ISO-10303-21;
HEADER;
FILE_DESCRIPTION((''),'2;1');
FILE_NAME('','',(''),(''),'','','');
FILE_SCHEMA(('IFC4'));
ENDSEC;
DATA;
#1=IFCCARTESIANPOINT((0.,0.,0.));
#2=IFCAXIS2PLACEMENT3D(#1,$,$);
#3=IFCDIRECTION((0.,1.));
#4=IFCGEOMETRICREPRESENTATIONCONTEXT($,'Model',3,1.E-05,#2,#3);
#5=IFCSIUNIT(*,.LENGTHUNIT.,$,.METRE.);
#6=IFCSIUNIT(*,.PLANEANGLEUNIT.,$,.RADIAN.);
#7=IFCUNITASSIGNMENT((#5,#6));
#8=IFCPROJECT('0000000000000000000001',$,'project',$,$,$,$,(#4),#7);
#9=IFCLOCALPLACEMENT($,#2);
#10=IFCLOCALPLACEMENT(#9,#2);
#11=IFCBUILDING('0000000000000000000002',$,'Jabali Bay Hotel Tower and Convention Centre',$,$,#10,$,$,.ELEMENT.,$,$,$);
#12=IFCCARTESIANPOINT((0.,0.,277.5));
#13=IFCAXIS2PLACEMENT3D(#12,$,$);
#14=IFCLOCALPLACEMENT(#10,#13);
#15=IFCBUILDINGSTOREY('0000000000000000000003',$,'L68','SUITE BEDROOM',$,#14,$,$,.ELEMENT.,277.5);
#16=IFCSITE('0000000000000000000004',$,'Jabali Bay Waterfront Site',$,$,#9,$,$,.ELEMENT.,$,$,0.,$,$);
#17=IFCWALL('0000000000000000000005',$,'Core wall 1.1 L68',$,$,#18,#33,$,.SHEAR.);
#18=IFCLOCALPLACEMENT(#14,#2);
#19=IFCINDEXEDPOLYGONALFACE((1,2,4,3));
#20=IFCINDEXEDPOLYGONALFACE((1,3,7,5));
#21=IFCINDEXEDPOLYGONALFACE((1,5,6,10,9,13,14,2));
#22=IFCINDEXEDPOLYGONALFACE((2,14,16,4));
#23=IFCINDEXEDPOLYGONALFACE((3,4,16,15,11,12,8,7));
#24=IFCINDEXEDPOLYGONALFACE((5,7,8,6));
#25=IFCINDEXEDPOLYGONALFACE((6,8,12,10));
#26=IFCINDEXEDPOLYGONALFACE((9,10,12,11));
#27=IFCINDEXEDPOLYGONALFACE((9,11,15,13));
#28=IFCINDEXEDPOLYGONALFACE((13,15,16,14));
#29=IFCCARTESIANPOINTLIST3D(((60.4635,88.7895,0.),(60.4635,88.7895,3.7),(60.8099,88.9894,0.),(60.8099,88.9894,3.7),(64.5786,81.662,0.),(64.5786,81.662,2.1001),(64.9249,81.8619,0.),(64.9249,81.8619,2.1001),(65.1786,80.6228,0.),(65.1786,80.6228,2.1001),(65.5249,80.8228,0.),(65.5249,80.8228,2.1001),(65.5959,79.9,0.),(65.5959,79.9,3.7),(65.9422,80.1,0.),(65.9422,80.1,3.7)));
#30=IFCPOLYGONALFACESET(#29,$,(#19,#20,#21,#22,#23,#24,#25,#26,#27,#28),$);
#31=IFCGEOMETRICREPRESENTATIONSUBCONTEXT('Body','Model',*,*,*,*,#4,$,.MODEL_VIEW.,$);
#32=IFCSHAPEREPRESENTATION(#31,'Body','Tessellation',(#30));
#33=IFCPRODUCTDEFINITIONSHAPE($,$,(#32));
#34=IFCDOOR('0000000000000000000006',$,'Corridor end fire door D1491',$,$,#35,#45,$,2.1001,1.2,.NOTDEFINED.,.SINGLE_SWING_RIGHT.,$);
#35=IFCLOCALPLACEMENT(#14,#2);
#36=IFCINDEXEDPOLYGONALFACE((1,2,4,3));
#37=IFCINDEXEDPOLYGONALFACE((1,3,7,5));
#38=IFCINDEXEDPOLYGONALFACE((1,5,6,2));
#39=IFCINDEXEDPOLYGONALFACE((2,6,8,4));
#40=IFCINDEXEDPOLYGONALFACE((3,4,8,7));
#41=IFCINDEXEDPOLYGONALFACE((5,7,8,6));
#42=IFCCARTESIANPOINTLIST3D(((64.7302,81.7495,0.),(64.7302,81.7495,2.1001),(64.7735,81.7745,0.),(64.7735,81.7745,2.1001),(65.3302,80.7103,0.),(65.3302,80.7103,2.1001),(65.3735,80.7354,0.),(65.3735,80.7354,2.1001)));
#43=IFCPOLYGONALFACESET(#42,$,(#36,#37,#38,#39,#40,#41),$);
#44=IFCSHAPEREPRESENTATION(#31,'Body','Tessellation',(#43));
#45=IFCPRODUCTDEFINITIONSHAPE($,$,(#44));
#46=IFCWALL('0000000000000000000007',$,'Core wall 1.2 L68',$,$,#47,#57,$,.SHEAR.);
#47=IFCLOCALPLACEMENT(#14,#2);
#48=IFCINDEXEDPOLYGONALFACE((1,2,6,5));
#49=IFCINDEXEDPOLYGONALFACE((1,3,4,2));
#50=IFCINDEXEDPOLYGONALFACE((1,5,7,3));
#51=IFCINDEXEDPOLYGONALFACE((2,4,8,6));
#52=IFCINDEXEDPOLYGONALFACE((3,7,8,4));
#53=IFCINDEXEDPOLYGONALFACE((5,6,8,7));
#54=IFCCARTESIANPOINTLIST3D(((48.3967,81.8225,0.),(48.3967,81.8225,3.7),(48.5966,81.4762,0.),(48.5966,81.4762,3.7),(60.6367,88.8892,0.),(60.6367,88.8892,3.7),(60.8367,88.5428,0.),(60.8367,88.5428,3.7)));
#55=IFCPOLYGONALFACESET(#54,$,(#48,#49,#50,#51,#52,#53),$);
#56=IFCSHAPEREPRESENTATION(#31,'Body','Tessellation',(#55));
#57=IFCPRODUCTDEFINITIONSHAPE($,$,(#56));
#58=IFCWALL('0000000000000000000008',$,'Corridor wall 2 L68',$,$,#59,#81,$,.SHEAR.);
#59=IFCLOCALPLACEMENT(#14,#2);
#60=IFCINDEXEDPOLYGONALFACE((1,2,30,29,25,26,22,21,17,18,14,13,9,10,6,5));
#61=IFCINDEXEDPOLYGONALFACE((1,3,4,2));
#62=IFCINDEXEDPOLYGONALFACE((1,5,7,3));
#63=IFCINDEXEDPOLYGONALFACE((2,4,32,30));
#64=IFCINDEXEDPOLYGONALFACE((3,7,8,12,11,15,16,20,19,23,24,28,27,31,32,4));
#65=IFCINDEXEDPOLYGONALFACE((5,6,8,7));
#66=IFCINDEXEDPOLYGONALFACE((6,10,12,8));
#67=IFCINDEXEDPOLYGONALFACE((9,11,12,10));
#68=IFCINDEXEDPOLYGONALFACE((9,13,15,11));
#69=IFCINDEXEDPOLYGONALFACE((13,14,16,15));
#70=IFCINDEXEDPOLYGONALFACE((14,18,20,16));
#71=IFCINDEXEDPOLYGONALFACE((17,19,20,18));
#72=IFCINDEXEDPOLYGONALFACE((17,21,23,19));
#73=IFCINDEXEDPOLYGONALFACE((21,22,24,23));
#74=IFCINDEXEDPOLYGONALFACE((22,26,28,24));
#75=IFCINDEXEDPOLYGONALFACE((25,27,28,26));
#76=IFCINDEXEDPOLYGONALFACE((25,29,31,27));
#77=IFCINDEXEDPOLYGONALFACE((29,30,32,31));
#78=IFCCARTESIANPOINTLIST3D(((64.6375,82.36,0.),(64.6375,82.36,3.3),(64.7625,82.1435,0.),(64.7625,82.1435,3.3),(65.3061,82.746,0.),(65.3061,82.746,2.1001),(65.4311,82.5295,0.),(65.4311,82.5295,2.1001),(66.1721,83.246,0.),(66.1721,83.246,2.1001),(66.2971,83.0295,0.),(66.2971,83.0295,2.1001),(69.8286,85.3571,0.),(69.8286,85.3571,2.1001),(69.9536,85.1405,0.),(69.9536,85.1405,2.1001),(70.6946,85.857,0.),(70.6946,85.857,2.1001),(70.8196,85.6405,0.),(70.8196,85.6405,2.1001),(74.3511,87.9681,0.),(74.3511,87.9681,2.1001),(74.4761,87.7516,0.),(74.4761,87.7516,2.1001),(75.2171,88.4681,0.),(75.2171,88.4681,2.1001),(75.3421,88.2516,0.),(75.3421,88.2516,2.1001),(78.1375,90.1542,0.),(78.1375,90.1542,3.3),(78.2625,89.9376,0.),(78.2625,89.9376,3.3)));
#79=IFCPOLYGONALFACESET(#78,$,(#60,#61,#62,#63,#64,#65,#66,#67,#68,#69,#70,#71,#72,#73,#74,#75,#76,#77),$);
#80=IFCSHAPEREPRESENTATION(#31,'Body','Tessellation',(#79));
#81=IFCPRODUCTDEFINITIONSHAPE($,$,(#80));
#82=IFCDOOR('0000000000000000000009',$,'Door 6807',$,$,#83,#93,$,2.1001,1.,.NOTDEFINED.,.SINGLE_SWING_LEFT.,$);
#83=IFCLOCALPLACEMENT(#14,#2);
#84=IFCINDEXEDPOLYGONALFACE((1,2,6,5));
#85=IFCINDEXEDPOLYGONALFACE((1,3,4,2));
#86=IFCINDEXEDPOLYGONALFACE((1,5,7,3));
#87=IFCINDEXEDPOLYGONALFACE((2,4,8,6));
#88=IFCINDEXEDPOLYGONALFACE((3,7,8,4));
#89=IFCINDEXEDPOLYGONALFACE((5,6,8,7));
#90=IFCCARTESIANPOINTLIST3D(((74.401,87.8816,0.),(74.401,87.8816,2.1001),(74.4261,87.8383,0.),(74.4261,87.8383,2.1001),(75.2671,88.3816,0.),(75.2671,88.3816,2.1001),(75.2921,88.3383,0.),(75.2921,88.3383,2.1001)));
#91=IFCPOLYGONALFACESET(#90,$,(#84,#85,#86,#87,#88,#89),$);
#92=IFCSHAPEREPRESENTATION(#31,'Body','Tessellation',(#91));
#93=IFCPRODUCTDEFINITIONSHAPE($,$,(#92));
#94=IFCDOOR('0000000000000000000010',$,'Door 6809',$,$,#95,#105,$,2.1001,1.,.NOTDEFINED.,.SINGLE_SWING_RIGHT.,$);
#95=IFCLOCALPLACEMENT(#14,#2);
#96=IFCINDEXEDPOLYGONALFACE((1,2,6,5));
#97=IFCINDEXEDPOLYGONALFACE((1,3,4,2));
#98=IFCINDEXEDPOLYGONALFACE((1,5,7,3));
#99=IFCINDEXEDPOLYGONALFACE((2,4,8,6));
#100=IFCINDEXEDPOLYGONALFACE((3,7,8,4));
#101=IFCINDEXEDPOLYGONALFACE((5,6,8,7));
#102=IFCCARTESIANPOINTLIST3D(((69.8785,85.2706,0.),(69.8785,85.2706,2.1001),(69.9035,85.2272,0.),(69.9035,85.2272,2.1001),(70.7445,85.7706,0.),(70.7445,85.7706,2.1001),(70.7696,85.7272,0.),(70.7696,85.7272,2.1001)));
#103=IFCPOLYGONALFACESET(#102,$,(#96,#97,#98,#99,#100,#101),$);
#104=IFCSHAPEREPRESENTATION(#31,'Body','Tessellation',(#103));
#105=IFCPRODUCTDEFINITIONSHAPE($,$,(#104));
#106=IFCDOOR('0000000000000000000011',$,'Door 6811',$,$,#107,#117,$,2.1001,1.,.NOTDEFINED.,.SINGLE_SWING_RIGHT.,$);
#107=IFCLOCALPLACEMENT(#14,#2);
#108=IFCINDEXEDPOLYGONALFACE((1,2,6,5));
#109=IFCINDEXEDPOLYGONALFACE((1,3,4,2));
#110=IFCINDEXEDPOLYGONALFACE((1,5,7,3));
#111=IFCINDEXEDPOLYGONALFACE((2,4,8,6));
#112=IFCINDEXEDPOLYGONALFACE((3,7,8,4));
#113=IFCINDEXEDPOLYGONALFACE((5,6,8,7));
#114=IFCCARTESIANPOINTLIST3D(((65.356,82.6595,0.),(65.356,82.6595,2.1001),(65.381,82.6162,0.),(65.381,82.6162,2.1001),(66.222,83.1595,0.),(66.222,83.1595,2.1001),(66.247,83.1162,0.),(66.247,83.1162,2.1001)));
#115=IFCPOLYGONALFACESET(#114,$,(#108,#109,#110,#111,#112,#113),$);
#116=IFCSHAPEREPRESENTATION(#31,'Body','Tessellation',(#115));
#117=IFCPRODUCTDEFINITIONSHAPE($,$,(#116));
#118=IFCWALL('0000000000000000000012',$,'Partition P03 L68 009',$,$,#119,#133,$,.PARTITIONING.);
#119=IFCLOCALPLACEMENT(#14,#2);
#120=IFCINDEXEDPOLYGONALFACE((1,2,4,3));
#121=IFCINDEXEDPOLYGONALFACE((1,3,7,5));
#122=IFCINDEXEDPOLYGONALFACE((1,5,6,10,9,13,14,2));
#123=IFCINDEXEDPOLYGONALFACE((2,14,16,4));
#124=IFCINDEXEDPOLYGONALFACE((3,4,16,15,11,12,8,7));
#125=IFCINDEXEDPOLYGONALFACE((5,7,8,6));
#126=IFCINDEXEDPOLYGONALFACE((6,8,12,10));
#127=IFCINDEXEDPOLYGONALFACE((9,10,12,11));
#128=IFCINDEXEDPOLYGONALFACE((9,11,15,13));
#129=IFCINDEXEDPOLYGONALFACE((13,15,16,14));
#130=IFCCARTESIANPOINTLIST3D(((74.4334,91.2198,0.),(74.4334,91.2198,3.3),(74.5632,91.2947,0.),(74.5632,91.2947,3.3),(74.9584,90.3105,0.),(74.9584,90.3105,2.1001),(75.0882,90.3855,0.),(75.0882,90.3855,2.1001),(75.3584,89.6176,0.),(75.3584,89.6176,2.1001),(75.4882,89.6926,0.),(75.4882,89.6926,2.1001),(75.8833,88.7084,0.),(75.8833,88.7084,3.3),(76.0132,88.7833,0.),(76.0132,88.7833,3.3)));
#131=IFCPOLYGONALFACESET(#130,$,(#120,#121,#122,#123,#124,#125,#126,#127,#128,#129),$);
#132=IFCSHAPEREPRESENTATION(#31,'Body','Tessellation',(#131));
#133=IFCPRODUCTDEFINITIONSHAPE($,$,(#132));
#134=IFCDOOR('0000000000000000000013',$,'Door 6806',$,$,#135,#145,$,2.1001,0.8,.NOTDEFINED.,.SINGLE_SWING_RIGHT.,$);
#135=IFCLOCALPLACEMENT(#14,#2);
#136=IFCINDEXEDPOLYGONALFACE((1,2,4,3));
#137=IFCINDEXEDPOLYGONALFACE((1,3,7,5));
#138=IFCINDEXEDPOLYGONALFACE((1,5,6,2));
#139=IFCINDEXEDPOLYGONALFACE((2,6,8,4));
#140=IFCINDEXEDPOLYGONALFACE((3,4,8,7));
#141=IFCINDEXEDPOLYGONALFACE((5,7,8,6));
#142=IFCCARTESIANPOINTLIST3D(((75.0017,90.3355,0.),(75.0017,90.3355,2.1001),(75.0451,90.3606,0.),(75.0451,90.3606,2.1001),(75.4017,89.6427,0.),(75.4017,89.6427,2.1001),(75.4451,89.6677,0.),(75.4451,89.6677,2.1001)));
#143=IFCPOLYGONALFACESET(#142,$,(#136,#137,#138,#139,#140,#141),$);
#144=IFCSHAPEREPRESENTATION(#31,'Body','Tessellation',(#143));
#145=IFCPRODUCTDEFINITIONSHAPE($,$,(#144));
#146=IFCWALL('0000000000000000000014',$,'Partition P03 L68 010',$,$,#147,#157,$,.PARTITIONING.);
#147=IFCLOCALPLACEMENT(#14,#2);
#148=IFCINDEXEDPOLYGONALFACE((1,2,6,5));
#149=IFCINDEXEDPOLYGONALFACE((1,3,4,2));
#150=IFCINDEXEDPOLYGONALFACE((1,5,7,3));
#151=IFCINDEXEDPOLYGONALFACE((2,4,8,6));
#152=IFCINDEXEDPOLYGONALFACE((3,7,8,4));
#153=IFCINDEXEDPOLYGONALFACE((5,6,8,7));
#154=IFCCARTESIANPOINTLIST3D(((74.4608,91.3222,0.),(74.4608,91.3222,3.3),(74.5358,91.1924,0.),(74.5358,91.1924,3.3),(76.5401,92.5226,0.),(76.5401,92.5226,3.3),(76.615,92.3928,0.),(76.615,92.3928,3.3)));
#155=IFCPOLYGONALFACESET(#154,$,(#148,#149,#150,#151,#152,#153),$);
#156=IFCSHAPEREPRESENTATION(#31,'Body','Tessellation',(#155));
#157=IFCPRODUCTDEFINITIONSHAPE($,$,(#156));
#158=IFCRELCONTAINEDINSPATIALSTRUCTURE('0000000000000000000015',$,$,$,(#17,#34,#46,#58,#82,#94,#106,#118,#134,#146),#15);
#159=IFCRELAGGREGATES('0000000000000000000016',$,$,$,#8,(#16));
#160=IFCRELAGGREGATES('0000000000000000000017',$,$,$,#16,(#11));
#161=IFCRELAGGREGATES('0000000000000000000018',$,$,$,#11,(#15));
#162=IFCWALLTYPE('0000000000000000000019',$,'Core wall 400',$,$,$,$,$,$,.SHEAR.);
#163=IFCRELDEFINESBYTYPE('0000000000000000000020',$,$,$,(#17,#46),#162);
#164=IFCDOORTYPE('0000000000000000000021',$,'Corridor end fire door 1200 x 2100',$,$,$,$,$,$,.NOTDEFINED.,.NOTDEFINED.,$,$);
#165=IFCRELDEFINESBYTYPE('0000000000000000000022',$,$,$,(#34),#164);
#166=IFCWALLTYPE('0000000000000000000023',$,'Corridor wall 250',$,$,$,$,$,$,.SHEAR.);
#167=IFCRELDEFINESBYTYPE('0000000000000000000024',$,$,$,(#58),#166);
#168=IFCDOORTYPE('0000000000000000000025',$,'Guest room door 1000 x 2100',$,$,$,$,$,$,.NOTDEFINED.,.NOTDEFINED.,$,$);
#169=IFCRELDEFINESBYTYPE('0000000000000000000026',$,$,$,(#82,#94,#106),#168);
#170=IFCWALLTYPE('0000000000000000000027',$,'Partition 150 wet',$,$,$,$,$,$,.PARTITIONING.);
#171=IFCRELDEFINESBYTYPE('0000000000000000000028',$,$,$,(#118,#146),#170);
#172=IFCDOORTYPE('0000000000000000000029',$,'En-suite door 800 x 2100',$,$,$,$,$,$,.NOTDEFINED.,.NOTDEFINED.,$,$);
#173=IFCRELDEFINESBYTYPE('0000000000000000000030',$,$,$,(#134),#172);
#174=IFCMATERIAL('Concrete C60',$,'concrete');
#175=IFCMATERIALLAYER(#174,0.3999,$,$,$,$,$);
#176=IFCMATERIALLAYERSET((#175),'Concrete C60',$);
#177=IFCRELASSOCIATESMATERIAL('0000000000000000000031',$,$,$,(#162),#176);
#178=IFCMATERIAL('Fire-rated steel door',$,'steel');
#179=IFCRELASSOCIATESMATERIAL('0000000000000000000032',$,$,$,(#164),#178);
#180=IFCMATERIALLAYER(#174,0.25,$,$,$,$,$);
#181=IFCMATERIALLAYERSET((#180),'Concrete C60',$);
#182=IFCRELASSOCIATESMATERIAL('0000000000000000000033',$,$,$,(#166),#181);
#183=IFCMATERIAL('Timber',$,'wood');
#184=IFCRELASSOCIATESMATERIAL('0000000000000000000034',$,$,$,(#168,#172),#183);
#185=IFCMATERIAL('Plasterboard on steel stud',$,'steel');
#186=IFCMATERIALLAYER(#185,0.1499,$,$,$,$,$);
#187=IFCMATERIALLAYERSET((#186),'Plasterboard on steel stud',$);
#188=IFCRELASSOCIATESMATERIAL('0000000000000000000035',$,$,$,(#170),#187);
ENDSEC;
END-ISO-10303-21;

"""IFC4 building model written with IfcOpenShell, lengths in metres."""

from ifc_helpers import new_model, si_unit, direction, frame, frame_2d, origin, place, context, subcontext, project, spatial, rectangle, extrude, material, layer, layer_set, type_object, element, fill, save


model = new_model("IFC4")

# Units and contexts
model_context = context("Model", 3, precision=1e-05, world=origin(), true_north=direction((0.0, 1.0)))
body_context = subcontext(model_context, "Body", "Model", "MODEL_VIEW")
ifc_project = project(units=[si_unit("LENGTHUNIT", "METRE"), si_unit("PLANEANGLEUNIT", "RADIAN")], contexts=[model_context])

# Site, building, storey
site_placement = place(None, origin())
site = spatial("IfcSite", under=ifc_project, at=site_placement, Name="Jabali Bay Waterfront Site", CompositionType="ELEMENT", RefElevation=0.0)
building_placement = place(site_placement, origin())
building = spatial("IfcBuilding", under=site, at=building_placement, Name="Jabali Bay Hotel Tower and Convention Centre", CompositionType="ELEMENT")
storey_placement = place(building_placement, frame((0.0, 0.0, 277.5)))
storey = spatial("IfcBuildingStorey", under=building, at=storey_placement, Name="L68", Description="SUITE BEDROOM", CompositionType="ELEMENT", Elevation=277.5)

# Shared definitions
ifc_material_1 = material(Name="Fire-rated steel door", Category="steel")

# Wall, opening, door
ifc_material_2 = material(Name="Concrete C60", Category="concrete")
ifc_layer_1 = layer(ifc_material_2, 0.3999)
ifc_layer_set_1 = layer_set([ifc_layer_1], Name="Concrete C60")
wall_type_1 = type_object("IfcWallType", Name="Core wall 400", PredefinedType="SHEAR", material=ifc_layer_set_1)
wall_1_placement = place(storey_placement, frame((65.769, 80.0, 0.0), z_axis=(0.0, 0.0, 1.0), x_axis=(-0.500002, 0.866024, 0.0)))
wall_1 = element("IfcWall", 1, at=wall_1_placement, inside=storey, type_object=wall_type_1, Name="Core wall 1.1 L68", PredefinedType="SHEAR", context=body_context, shape_type="SweptSolid", body=[
    extrude(rectangle(XDim=10.2646, YDim=0.3999, at=frame_2d((5.1323, 0.0))), origin(), (0.0, 0.0, 1.0), 3.7),
])
opening_1_placement = place(wall_1_placement, frame((0.8345, 0.0, 0.0)))
opening_1 = element("IfcOpeningElement", 2, at=opening_1_placement, cuts=wall_1, PredefinedType="OPENING", context=body_context, shape_type="SweptSolid", body=[
    extrude(rectangle(XDim=1.2, YDim=2.1001, at=frame_2d((0.6001, 1.05))), frame((0.0, 0.2104, 0.0), z_axis=(0.0, -1.0, 0.0), x_axis=(1.0, 0.0, 0.0)), (0.0, 0.0, 1.0), 0.4209),
])
door_type_1 = type_object("IfcDoorType", Name="Corridor end fire door 1200 x 2100", OperationType="NOTDEFINED", PredefinedType="NOTDEFINED", material=ifc_material_1)
door_1_placement = place(opening_1_placement, origin())
door_1 = element("IfcDoor", 3, at=door_1_placement, inside=storey, type_object=door_type_1, Name="Corridor end fire door D1491", OperationType="SINGLE_SWING_RIGHT", OverallHeight=2.1001, OverallWidth=1.2, PredefinedType="NOTDEFINED", context=body_context, shape_type="SweptSolid", body=[
    extrude(rectangle(XDim=1.2, YDim=2.1001, at=frame_2d((0.6001, 1.05))), frame((0.0, 0.0249, 0.0), z_axis=(0.0, -1.0, 0.0), x_axis=(1.0, 0.0, 0.0)), (0.0, 0.0, 1.0), 0.05),
])
fill(opening_1, door_1)

# Wall
wall_2_placement = place(storey_placement, frame((60.7368, 88.7161, 0.0), z_axis=(0.0, 0.0, 1.0), x_axis=(-0.866029, -0.499994, 0.0)))
element("IfcWall", 4, at=wall_2_placement, inside=storey, type_object=wall_type_1, Name="Core wall 1.2 L68", PredefinedType="SHEAR", context=body_context, shape_type="SweptSolid", body=[
    extrude(rectangle(XDim=14.1335, YDim=0.3999, at=frame_2d((7.0669, 0.0))), origin(), (0.0, 0.0, 1.0), 3.7),
])

# Wall, openings, doors
ifc_layer_2 = layer(ifc_material_2, 0.25)
ifc_layer_set_2 = layer_set([ifc_layer_2], Name="Concrete C60")
wall_type_2 = type_object("IfcWallType", Name="Corridor wall 250", PredefinedType="SHEAR", material=ifc_layer_set_2)
wall_3_placement = place(storey_placement, frame((78.2, 90.0459, 0.0), z_axis=(0.0, 0.0, 1.0), x_axis=(-0.866026, -0.499998, 0.0)))
wall_3 = element("IfcWall", 5, at=wall_3_placement, inside=storey, type_object=wall_type_2, Name="Corridor wall 2 L68", PredefinedType="SHEAR", context=body_context, shape_type="SweptSolid", body=[
    extrude(rectangle(XDim=15.5884, YDim=0.25, at=frame_2d((7.7942, 0.0))), origin(), (0.0, 0.0, 1.0), 3.3),
])
opening_2_placement = place(wall_3_placement, frame((3.3721, 0.0, 0.0)))
opening_2 = element("IfcOpeningElement", 6, at=opening_2_placement, cuts=wall_3, PredefinedType="OPENING", context=body_context, shape_type="SweptSolid", body=[
    extrude(rectangle(XDim=1.0, YDim=2.1001, at=frame_2d((0.5, 1.05))), frame((0.0, 0.1355, 0.0), z_axis=(0.0, -1.0, 0.0), x_axis=(1.0, 0.0, 0.0)), (0.0, 0.0, 1.0), 0.271),
])
opening_3_placement = place(wall_3_placement, frame((8.5942, 0.0, 0.0)))
opening_3 = element("IfcOpeningElement", 7, at=opening_3_placement, cuts=wall_3, PredefinedType="OPENING", context=body_context, shape_type="SweptSolid", body=[
    extrude(rectangle(XDim=1.0, YDim=2.1001, at=frame_2d((0.5, 1.05))), frame((0.0, 0.1355, 0.0), z_axis=(0.0, -1.0, 0.0), x_axis=(1.0, 0.0, 0.0)), (0.0, 0.0, 1.0), 0.271),
])
opening_4_placement = place(wall_3_placement, frame((13.8164, 0.0, 0.0)))
opening_4 = element("IfcOpeningElement", 8, at=opening_4_placement, cuts=wall_3, PredefinedType="OPENING", context=body_context, shape_type="SweptSolid", body=[
    extrude(rectangle(XDim=1.0, YDim=2.1001, at=frame_2d((0.5, 1.05))), frame((0.0, 0.1355, 0.0), z_axis=(0.0, -1.0, 0.0), x_axis=(1.0, 0.0, 0.0)), (0.0, 0.0, 1.0), 0.271),
])
ifc_material_3 = material(Name="Timber", Category="wood")
door_type_2 = type_object("IfcDoorType", Name="Guest room door 1000 x 2100", OperationType="NOTDEFINED", PredefinedType="NOTDEFINED", material=ifc_material_3)
door_2_placement = place(opening_2_placement, origin())
door_2 = element("IfcDoor", 9, at=door_2_placement, inside=storey, type_object=door_type_2, Name="Door 6807", OperationType="SINGLE_SWING_LEFT", OverallHeight=2.1001, OverallWidth=1.0, PredefinedType="NOTDEFINED", context=body_context, shape_type="SweptSolid", body=[
    extrude(rectangle(XDim=1.0, YDim=2.1001, at=frame_2d((0.5, 1.05))), frame((0.0, 0.0249, 0.0), z_axis=(0.0, -1.0, 0.0), x_axis=(1.0, 0.0, 0.0)), (0.0, 0.0, 1.0), 0.05),
])
fill(opening_2, door_2)
door_3_placement = place(opening_3_placement, origin())
door_3 = element("IfcDoor", 10, at=door_3_placement, inside=storey, type_object=door_type_2, Name="Door 6809", OperationType="SINGLE_SWING_RIGHT", OverallHeight=2.1001, OverallWidth=1.0, PredefinedType="NOTDEFINED", context=body_context, shape_type="SweptSolid", body=[
    extrude(rectangle(XDim=1.0, YDim=2.1001, at=frame_2d((0.5, 1.05))), frame((0.0, 0.0249, 0.0), z_axis=(0.0, -1.0, 0.0), x_axis=(1.0, 0.0, 0.0)), (0.0, 0.0, 1.0), 0.05),
])
fill(opening_3, door_3)
door_4_placement = place(opening_4_placement, origin())
door_4 = element("IfcDoor", 11, at=door_4_placement, inside=storey, type_object=door_type_2, Name="Door 6811", OperationType="SINGLE_SWING_RIGHT", OverallHeight=2.1001, OverallWidth=1.0, PredefinedType="NOTDEFINED", context=body_context, shape_type="SweptSolid", body=[
    extrude(rectangle(XDim=1.0, YDim=2.1001, at=frame_2d((0.5, 1.05))), frame((0.0, 0.0249, 0.0), z_axis=(0.0, -1.0, 0.0), x_axis=(1.0, 0.0, 0.0)), (0.0, 0.0, 1.0), 0.05),
])
fill(opening_4, door_4)

# Wall, opening, door
ifc_material_4 = material(Name="Plasterboard on steel stud", Category="steel")
ifc_layer_3 = layer(ifc_material_4, 0.1499)
ifc_layer_set_3 = layer_set([ifc_layer_3], Name="Plasterboard on steel stud")
wall_type_3 = type_object("IfcWallType", Name="Partition 150 wet", PredefinedType="PARTITIONING", material=ifc_layer_set_3)
wall_4_placement = place(storey_placement, frame((75.9482, 88.7458, 0.0), z_axis=(0.0, 0.0, 1.0), x_axis=(-0.499987, 0.866033, 0.0)))
wall_4 = element("IfcWall", 12, at=wall_4_placement, inside=storey, type_object=wall_type_3, Name="Partition P03 L68 009", PredefinedType="PARTITIONING", context=body_context, shape_type="SweptSolid", body=[
    extrude(rectangle(XDim=2.8999, YDim=0.1499, at=frame_2d((1.45, 0.0))), origin(), (0.0, 0.0, 1.0), 3.3),
])
opening_5_placement = place(wall_4_placement, frame((1.05, 0.0, 0.0)))
opening_5 = element("IfcOpeningElement", 13, at=opening_5_placement, cuts=wall_4, PredefinedType="OPENING", context=body_context, shape_type="SweptSolid", body=[
    extrude(rectangle(XDim=0.8, YDim=2.1001, at=frame_2d((0.3999, 1.05))), frame((0.0, 0.0854, 0.0), z_axis=(0.0, -1.0, 0.0), x_axis=(1.0, 0.0, 0.0)), (0.0, 0.0, 1.0), 0.1709),
])
door_type_3 = type_object("IfcDoorType", Name="En-suite door 800 x 2100", OperationType="NOTDEFINED", PredefinedType="NOTDEFINED", material=ifc_material_3)
door_5_placement = place(opening_5_placement, origin())
door_5 = element("IfcDoor", 14, at=door_5_placement, inside=storey, type_object=door_type_3, Name="Door 6806", OperationType="SINGLE_SWING_RIGHT", OverallHeight=2.1001, OverallWidth=0.8, PredefinedType="NOTDEFINED", context=body_context, shape_type="SweptSolid", body=[
    extrude(rectangle(XDim=0.8, YDim=2.1001, at=frame_2d((0.3999, 1.05))), frame((0.0, 0.0249, 0.0), z_axis=(0.0, -1.0, 0.0), x_axis=(1.0, 0.0, 0.0)), (0.0, 0.0, 1.0), 0.05),
])
fill(opening_5, door_5)

# Wall
wall_5_placement = place(storey_placement, frame((74.4983, 91.2573, 0.0), z_axis=(0.0, 0.0, 1.0), x_axis=(0.866038, 0.499978, 0.0)))
element("IfcWall", 15, at=wall_5_placement, inside=storey, type_object=wall_type_3, Name="Partition P03 L68 010", PredefinedType="PARTITIONING", context=body_context, shape_type="SweptSolid", body=[
    extrude(rectangle(XDim=2.4009, YDim=0.1499, at=frame_2d((1.2004, 0.0))), origin(), (0.0, 0.0, 1.0), 3.3),
])

save(model, "model.ifc")
